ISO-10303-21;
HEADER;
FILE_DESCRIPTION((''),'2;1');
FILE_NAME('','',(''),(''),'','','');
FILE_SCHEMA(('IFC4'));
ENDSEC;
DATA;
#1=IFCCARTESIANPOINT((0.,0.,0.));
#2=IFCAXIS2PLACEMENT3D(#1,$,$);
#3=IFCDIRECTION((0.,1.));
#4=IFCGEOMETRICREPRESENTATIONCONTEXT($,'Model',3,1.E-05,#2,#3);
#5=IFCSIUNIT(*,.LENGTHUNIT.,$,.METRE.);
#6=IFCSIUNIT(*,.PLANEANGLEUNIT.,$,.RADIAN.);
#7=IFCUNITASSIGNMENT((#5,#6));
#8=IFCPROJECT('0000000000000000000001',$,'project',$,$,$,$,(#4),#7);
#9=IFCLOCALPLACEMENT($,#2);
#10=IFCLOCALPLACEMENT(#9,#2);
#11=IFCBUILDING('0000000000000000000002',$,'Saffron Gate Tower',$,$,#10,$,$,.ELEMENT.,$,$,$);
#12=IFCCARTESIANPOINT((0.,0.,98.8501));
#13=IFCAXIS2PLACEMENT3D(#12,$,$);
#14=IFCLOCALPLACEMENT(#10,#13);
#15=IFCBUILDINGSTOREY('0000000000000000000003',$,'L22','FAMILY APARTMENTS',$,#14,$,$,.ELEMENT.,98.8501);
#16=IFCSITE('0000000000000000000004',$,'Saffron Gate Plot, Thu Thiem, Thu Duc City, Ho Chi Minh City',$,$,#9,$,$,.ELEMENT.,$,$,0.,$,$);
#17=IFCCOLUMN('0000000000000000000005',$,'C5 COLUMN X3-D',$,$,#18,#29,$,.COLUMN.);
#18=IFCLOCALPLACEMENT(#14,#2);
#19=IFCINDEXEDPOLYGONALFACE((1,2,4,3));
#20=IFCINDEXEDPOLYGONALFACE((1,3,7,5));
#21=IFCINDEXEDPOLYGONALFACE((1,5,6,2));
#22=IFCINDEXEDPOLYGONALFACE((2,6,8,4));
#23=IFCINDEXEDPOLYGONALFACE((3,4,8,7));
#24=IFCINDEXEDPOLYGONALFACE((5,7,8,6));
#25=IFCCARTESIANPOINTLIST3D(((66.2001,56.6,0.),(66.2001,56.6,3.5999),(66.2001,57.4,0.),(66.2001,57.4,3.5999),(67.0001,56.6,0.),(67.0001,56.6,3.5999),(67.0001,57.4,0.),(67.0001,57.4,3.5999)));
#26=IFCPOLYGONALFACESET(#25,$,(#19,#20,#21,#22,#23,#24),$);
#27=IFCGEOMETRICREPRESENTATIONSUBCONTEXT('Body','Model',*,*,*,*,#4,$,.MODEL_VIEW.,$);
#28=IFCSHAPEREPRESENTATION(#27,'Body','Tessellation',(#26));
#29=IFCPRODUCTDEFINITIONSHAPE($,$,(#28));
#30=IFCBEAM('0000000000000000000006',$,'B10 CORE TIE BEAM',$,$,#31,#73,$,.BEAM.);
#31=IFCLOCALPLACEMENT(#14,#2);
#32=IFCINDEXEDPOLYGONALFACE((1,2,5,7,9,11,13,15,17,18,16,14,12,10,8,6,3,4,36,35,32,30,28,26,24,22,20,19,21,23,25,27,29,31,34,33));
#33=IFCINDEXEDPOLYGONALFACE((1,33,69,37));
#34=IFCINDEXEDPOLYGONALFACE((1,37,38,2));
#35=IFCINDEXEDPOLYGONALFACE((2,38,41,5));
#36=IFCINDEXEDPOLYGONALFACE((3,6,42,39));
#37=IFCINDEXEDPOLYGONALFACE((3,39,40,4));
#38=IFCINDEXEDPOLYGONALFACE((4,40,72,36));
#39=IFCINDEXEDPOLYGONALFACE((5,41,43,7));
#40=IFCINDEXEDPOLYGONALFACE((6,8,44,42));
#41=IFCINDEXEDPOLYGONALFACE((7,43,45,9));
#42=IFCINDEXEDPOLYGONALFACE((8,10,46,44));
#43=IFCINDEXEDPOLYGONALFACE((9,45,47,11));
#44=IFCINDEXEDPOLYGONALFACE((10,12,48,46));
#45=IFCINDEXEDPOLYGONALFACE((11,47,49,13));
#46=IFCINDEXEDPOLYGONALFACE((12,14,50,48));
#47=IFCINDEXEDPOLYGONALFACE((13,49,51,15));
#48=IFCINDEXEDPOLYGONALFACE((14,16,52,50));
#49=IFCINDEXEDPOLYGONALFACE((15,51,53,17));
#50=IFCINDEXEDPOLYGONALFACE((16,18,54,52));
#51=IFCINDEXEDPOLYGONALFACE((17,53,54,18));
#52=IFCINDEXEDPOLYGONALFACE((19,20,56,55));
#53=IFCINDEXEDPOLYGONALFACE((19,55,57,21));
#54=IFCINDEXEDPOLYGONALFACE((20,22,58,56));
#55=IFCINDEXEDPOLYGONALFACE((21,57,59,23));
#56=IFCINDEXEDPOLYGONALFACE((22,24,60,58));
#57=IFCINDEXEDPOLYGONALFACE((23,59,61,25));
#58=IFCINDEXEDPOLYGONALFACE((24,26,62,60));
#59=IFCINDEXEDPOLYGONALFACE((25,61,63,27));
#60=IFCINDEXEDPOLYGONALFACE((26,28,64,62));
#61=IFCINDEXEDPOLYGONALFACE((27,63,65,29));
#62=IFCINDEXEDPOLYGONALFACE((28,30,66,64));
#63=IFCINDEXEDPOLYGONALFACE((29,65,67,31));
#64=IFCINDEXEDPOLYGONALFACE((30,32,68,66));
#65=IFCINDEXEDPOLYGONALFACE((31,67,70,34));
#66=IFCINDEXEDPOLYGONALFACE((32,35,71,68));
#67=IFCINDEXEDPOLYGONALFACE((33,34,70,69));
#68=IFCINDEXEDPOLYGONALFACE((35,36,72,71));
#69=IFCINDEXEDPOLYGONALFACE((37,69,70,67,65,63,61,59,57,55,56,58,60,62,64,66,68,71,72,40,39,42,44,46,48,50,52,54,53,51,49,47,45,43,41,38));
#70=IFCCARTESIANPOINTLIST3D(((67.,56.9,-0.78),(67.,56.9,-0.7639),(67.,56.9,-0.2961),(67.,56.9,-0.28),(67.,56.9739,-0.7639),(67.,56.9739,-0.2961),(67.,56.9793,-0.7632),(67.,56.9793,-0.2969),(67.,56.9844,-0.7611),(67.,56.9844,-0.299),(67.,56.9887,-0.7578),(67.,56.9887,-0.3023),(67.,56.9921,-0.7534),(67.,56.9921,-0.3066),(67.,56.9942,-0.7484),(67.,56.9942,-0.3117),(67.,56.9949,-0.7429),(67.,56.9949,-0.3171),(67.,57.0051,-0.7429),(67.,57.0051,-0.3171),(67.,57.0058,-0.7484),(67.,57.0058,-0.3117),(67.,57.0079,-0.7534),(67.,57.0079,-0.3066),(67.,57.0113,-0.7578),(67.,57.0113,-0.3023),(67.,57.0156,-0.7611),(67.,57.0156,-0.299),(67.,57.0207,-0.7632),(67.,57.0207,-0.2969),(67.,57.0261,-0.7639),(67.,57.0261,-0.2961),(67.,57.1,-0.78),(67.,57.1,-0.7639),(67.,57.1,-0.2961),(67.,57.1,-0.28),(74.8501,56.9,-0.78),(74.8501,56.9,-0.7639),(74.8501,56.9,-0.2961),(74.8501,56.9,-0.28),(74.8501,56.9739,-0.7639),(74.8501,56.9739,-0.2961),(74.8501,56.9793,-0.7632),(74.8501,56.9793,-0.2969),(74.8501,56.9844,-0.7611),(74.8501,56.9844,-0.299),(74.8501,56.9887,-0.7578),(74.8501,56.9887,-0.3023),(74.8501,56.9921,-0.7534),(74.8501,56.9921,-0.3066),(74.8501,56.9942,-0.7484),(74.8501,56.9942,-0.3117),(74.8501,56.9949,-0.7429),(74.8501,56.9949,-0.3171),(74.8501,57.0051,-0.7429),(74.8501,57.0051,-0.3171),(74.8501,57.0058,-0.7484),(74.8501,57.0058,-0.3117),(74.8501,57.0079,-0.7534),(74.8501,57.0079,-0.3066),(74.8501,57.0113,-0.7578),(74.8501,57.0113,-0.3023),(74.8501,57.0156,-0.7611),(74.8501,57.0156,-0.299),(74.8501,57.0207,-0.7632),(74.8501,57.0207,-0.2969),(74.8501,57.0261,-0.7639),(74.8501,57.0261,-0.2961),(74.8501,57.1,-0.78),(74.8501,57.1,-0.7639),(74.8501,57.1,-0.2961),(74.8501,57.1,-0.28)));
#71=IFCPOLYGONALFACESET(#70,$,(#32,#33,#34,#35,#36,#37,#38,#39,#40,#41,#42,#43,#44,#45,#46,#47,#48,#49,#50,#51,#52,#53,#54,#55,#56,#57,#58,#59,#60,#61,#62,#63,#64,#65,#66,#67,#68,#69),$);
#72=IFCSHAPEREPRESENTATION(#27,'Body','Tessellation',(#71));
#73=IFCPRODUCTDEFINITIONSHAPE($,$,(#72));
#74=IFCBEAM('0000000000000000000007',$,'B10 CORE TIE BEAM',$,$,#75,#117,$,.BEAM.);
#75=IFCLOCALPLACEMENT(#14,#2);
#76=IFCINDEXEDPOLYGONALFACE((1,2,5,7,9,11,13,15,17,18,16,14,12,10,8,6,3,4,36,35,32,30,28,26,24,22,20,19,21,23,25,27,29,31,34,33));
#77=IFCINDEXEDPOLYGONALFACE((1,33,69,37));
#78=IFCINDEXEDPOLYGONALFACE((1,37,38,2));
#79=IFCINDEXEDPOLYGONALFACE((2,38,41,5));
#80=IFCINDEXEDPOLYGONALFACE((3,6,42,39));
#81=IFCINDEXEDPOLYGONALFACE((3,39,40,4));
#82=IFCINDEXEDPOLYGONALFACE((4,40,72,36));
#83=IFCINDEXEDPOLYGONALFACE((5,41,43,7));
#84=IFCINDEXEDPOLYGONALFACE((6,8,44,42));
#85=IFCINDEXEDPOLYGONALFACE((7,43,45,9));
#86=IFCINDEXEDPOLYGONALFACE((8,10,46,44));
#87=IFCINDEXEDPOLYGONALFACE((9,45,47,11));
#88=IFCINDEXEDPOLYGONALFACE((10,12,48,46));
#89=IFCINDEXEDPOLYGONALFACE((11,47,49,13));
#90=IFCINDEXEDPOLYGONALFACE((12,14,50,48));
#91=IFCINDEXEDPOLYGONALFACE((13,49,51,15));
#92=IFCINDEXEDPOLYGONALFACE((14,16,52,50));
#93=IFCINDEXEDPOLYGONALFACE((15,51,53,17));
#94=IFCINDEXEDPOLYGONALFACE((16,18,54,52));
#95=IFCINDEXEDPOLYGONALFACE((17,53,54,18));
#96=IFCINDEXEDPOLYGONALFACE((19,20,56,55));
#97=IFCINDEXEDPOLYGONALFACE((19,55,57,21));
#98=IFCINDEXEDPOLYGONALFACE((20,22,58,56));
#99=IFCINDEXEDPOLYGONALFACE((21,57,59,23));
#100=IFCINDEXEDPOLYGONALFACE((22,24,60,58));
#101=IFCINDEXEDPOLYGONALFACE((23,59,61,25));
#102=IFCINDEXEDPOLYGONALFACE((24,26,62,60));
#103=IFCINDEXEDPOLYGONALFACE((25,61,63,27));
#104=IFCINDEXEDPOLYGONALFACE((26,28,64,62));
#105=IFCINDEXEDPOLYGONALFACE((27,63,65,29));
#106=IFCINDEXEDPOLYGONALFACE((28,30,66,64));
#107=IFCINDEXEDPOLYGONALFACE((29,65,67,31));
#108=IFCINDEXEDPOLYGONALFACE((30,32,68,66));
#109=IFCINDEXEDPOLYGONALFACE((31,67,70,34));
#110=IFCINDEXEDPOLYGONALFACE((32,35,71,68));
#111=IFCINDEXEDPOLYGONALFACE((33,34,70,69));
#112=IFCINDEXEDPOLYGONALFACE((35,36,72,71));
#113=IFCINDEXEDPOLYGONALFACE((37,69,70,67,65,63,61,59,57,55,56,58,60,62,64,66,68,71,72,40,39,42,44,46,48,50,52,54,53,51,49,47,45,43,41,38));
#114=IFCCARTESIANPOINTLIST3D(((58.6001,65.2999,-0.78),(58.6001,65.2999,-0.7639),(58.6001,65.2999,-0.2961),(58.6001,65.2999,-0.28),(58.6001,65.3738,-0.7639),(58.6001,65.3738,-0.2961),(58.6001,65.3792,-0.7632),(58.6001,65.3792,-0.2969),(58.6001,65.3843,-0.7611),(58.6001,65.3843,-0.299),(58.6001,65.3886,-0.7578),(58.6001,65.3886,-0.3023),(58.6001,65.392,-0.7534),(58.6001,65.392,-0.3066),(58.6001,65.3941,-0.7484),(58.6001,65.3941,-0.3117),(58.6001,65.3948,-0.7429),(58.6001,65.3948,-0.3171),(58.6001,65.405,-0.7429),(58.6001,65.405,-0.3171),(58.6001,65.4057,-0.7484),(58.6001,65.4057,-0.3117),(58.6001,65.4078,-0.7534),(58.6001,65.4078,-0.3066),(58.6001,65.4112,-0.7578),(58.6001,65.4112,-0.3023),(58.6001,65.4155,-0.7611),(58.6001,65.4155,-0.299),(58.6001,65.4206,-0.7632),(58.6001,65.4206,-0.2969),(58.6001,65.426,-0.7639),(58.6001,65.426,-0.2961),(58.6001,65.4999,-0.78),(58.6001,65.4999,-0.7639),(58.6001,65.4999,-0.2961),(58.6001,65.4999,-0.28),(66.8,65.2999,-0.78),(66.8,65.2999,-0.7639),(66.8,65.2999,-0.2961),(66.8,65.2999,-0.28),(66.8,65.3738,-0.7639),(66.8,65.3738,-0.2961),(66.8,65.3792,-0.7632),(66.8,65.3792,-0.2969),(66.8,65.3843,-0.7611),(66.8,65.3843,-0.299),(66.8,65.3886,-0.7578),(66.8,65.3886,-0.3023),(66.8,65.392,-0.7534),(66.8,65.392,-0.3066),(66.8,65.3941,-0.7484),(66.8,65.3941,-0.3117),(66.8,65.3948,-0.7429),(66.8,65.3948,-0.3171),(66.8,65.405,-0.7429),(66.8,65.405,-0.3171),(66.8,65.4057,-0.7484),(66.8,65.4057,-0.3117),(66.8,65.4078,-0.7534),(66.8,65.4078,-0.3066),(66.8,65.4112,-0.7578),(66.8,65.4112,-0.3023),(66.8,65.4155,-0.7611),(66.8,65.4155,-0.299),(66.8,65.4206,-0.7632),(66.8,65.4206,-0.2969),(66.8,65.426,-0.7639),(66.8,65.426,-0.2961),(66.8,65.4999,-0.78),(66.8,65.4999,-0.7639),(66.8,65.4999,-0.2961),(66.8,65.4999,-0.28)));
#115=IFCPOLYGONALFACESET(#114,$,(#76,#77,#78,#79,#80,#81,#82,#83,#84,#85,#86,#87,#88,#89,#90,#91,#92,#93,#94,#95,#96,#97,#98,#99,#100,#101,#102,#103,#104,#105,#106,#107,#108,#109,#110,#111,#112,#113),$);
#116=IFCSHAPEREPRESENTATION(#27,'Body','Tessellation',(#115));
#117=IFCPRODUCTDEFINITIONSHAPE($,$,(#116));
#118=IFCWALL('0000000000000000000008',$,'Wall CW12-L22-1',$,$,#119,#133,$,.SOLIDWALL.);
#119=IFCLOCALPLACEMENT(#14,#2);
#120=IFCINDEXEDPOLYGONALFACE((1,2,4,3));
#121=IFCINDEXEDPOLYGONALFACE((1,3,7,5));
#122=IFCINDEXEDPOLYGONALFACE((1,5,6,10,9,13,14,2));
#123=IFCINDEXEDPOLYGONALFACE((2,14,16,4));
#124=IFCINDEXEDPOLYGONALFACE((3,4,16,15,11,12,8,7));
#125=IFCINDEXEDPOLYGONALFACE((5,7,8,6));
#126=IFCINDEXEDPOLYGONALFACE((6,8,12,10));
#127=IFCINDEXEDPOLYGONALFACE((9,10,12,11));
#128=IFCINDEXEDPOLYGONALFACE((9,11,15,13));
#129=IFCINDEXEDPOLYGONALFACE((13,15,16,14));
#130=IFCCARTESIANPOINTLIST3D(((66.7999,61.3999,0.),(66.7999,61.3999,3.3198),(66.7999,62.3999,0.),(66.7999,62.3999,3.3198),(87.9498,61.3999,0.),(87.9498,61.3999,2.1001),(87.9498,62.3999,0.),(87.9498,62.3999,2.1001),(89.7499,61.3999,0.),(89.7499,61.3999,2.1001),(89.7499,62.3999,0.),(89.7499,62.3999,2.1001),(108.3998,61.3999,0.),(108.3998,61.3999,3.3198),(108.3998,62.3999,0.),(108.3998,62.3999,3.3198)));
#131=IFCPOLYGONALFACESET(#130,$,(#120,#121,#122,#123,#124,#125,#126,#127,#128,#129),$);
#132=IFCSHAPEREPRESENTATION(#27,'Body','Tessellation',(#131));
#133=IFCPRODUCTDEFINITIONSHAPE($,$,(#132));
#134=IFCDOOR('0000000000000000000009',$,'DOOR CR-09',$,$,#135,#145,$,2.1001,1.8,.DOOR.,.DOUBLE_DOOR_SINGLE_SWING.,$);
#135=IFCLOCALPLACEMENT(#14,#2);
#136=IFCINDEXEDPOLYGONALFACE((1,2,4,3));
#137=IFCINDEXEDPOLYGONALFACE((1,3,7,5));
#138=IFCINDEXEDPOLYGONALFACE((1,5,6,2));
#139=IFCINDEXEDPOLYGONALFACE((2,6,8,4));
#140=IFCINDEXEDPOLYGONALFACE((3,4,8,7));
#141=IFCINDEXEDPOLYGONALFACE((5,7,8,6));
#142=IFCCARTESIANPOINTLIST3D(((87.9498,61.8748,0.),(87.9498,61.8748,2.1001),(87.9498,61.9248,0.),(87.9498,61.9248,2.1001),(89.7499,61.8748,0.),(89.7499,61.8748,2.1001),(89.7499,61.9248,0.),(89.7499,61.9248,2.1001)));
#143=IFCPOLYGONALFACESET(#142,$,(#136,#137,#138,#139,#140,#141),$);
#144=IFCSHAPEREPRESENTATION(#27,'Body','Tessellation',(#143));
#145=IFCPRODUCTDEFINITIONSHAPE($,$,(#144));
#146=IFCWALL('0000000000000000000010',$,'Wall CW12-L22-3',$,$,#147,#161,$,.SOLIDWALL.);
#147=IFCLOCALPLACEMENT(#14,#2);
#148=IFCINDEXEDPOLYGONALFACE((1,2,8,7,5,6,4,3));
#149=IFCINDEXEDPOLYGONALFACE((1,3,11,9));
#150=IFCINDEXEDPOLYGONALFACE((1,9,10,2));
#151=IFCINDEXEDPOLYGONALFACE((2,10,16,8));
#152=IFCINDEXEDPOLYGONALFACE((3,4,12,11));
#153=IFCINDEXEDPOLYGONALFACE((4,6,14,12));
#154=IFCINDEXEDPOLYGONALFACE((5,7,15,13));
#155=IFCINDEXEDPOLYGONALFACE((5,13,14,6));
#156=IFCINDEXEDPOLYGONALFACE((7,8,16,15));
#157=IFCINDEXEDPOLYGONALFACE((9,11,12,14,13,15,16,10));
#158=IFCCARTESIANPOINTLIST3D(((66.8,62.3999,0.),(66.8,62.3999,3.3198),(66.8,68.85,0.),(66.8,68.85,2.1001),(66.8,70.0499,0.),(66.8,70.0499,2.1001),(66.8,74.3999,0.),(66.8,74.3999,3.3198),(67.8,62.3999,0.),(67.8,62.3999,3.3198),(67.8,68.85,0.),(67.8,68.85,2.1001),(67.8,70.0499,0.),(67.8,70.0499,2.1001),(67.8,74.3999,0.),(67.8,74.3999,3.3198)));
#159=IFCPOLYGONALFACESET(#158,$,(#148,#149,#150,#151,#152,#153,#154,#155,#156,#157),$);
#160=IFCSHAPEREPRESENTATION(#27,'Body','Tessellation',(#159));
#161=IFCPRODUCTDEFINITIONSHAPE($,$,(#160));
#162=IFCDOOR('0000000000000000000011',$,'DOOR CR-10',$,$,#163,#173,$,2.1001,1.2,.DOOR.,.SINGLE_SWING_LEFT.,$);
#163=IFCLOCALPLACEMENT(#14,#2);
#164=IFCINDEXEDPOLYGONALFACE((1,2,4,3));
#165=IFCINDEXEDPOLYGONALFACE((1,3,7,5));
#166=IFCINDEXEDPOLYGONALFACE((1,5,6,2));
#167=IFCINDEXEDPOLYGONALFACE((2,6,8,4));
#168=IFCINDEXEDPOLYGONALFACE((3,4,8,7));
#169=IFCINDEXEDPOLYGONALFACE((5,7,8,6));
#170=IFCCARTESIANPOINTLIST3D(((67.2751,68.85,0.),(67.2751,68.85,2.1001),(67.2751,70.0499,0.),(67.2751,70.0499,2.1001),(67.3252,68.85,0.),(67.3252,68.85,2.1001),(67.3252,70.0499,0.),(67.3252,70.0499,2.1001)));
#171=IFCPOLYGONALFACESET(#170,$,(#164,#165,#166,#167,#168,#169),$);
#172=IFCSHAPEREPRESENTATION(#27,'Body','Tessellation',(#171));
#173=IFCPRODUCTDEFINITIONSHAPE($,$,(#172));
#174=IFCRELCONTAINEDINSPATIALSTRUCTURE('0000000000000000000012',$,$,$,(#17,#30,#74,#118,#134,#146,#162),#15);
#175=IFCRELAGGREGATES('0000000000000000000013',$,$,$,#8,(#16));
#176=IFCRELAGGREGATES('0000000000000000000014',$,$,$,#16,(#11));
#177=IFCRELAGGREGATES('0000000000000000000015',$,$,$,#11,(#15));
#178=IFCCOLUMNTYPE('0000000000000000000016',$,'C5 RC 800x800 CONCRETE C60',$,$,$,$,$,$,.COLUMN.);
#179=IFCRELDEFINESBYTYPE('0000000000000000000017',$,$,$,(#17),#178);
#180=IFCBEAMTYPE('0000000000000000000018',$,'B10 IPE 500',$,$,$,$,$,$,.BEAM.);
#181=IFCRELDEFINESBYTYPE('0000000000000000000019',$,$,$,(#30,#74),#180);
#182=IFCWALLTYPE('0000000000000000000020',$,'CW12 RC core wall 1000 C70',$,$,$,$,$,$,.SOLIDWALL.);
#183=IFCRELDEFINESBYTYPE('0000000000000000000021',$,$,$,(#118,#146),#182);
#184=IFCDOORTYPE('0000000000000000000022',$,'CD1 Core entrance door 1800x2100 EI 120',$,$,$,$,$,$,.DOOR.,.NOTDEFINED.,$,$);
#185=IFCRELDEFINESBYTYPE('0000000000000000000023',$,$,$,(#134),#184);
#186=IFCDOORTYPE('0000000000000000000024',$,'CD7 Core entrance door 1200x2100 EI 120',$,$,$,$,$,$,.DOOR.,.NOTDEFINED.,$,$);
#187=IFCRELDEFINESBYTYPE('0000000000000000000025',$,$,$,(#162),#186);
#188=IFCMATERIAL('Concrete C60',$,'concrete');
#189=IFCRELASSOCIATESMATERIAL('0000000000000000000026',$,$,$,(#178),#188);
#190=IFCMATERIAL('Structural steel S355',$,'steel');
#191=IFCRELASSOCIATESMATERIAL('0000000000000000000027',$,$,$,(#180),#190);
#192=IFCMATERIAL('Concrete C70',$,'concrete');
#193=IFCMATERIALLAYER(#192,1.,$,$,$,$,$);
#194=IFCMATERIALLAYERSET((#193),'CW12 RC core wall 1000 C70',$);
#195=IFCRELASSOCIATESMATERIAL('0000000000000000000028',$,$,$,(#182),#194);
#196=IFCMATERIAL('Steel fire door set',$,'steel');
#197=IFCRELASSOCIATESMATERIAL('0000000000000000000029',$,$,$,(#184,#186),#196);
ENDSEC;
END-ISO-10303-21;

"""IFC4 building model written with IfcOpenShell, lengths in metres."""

from ifc_helpers import new_model, si_unit, direction, frame, frame_2d, origin, origin_2d, place, context, subcontext, project, spatial, rectangle, i_section, extrude, material, layer, layer_set, material_profile, profile_set, type_object, element, fill, save


model = new_model("IFC4")

# Units and contexts
model_context = context("Model", 3, precision=1e-05, world=origin(), true_north=direction((0.0, 1.0)))
body_context = subcontext(model_context, "Body", "Model", "MODEL_VIEW")
ifc_project = project(units=[si_unit("LENGTHUNIT", "METRE"), si_unit("PLANEANGLEUNIT", "RADIAN")], contexts=[model_context])

# Site, building, storey
site_placement = place(None, origin())
site = spatial("IfcSite", under=ifc_project, at=site_placement, Name="Saffron Gate Plot, Thu Thiem, Thu Duc City, Ho Chi Minh City", CompositionType="ELEMENT", RefElevation=0.0)
building_placement = place(site_placement, origin())
building = spatial("IfcBuilding", under=site, at=building_placement, Name="Saffron Gate Tower", CompositionType="ELEMENT")
storey_placement = place(building_placement, frame((0.0, 0.0, 98.8501)))
storey = spatial("IfcBuildingStorey", under=building, at=storey_placement, Name="L22", Description="FAMILY APARTMENTS", CompositionType="ELEMENT", Elevation=98.8501)

# Column
ifc_material_1 = material(Name="Concrete C60", Category="concrete")
ifc_material_profile_1 = material_profile(ifc_material_1, rectangle(XDim=0.8, YDim=0.8, at=origin_2d()))
ifc_profile_set_1 = profile_set([ifc_material_profile_1], Name="Concrete C60")
column_type = type_object("IfcColumnType", Name="C5 RC 800x800 CONCRETE C60", PredefinedType="COLUMN", material=ifc_profile_set_1)
column_placement = place(storey_placement, frame((66.6001, 57.0, 0.0), z_axis=(0.0, 0.0, 1.0), x_axis=(1.0, 0.0, 0.0)))
element("IfcColumn", 1, at=column_placement, inside=storey, type_object=column_type, Name="C5 COLUMN X3-D", PredefinedType="COLUMN", context=body_context, shape_type="SweptSolid", body=[
    extrude(rectangle(XDim=0.8, YDim=0.8, at=origin_2d()), origin(), (0.0, 0.0, 1.0), 3.5999),
])

# Beams
ifc_material_2 = material(Name="Structural steel S355", Category="steel")
ifc_material_profile_2 = material_profile(ifc_material_2, i_section(OverallWidth=0.2, OverallDepth=0.5, WebThickness=0.0103, FlangeThickness=0.0161, FilletRadius=0.021, at=origin_2d()))
ifc_profile_set_2 = profile_set([ifc_material_profile_2], Name="Structural steel S355")
beam_type = type_object("IfcBeamType", Name="B10 IPE 500", PredefinedType="BEAM", material=ifc_profile_set_2)
beam_1_placement = place(storey_placement, frame((67.0, 57.0, -0.53), z_axis=(1.0, 0.0, 0.0), x_axis=(0.0, 1.0, 0.0)))
element("IfcBeam", 2, at=beam_1_placement, inside=storey, type_object=beam_type, Name="B10 CORE TIE BEAM", PredefinedType="BEAM", context=body_context, shape_type="SweptSolid", body=[
    extrude(i_section(OverallWidth=0.2, OverallDepth=0.5, WebThickness=0.0103, FlangeThickness=0.0161, FilletRadius=0.021, at=origin_2d()), origin(), (0.0, 0.0, 1.0), 7.8501),
])
beam_2_placement = place(storey_placement, frame((58.6001, 65.3999, -0.53), z_axis=(1.0, 0.0, 0.0), x_axis=(0.0, 1.0, 0.0)))
element("IfcBeam", 3, at=beam_2_placement, inside=storey, type_object=beam_type, Name="B10 CORE TIE BEAM", PredefinedType="BEAM", context=body_context, shape_type="SweptSolid", body=[
    extrude(i_section(OverallWidth=0.2, OverallDepth=0.5, WebThickness=0.0103, FlangeThickness=0.0161, FilletRadius=0.021, at=origin_2d()), origin(), (0.0, 0.0, 1.0), 8.2),
])

# Walls, openings, doors
ifc_material_3 = material(Name="Concrete C70", Category="concrete")
ifc_layer_1 = layer(ifc_material_3, 1.0)
ifc_layer_set_1 = layer_set([ifc_layer_1], Name="CW12 RC core wall 1000 C70")
wall_type_1 = type_object("IfcWallType", Name="CW12 RC core wall 1000 C70", PredefinedType="SOLIDWALL", material=ifc_layer_set_1)
wall_1_placement = place(storey_placement, frame((66.8, 61.8999, 0.0), z_axis=(0.0, 0.0, 1.0), x_axis=(1.0, 0.0, 0.0)))
wall_1 = element("IfcWall", 4, at=wall_1_placement, inside=storey, type_object=wall_type_1, Name="Wall CW12-L22-1", PredefinedType="SOLIDWALL", context=body_context, shape_type="SweptSolid", body=[
    extrude(rectangle(XDim=41.5999, YDim=1.0, at=frame_2d((20.7998, 0.0))), origin(), (0.0, 0.0, 1.0), 3.3198),
])
opening_1_placement = place(wall_1_placement, frame((21.1499, 0.0, 0.0)))
opening_1 = element("IfcOpeningElement", 5, at=opening_1_placement, cuts=wall_1, PredefinedType="OPENING", context=body_context, shape_type="SweptSolid", body=[
    extrude(rectangle(XDim=1.8, YDim=2.1001, at=frame_2d((0.8999, 1.05))), frame((0.0, 0.51, 0.0), z_axis=(0.0, -1.0, 0.0), x_axis=(1.0, 0.0, 0.0)), (0.0, 0.0, 1.0), 1.02),
])
ifc_material_4 = material(Name="Steel fire door set", Category="steel")
door_type_1 = type_object("IfcDoorType", Name="CD1 Core entrance door 1800x2100 EI 120", OperationType="NOTDEFINED", PredefinedType="DOOR", material=ifc_material_4)
door_1_placement = place(opening_1_placement, origin())
door_1 = element("IfcDoor", 6, at=door_1_placement, inside=storey, type_object=door_type_1, Name="DOOR CR-09", OperationType="DOUBLE_DOOR_SINGLE_SWING", OverallHeight=2.1001, OverallWidth=1.8, PredefinedType="DOOR", context=body_context, shape_type="SweptSolid", body=[
    extrude(rectangle(XDim=1.8, YDim=2.1001, at=frame_2d((0.8999, 1.05))), frame((0.0, 0.0249, 0.0), z_axis=(0.0, -1.0, 0.0), x_axis=(1.0, 0.0, 0.0)), (0.0, 0.0, 1.0), 0.05),
])
fill(opening_1, door_1)
wall_2_placement = place(storey_placement, frame((67.3, 62.3999, 0.0), z_axis=(0.0, 0.0, 1.0), x_axis=(0.0, 1.0, 0.0)))
wall_2 = element("IfcWall", 7, at=wall_2_placement, inside=storey, type_object=wall_type_1, Name="Wall CW12-L22-3", PredefinedType="SOLIDWALL", context=body_context, shape_type="SweptSolid", body=[
    extrude(rectangle(XDim=12.0, YDim=1.0, at=frame_2d((6.0, 0.0))), origin(), (0.0, 0.0, 1.0), 3.3198),
])
opening_2_placement = place(wall_2_placement, frame((6.45, 0.0, 0.0)))
opening_2 = element("IfcOpeningElement", 8, at=opening_2_placement, cuts=wall_2, PredefinedType="OPENING", context=body_context, shape_type="SweptSolid", body=[
    extrude(rectangle(XDim=1.2, YDim=2.1001, at=frame_2d((0.6001, 1.05))), frame((0.0, 0.51, 0.0), z_axis=(0.0, -1.0, 0.0), x_axis=(1.0, 0.0, 0.0)), (0.0, 0.0, 1.0), 1.02),
])
door_type_2 = type_object("IfcDoorType", Name="CD7 Core entrance door 1200x2100 EI 120", OperationType="NOTDEFINED", PredefinedType="DOOR", material=ifc_material_4)
door_2_placement = place(opening_2_placement, origin())
door_2 = element("IfcDoor", 9, at=door_2_placement, inside=storey, type_object=door_type_2, Name="DOOR CR-10", OperationType="SINGLE_SWING_LEFT", OverallHeight=2.1001, OverallWidth=1.2, PredefinedType="DOOR", context=body_context, shape_type="SweptSolid", body=[
    extrude(rectangle(XDim=1.2, YDim=2.1001, at=frame_2d((0.6001, 1.05))), frame((0.0, 0.0249, 0.0), z_axis=(0.0, -1.0, 0.0), x_axis=(1.0, 0.0, 0.0)), (0.0, 0.0, 1.0), 0.05),
])
fill(opening_2, door_2)

save(model, "model.ifc")
